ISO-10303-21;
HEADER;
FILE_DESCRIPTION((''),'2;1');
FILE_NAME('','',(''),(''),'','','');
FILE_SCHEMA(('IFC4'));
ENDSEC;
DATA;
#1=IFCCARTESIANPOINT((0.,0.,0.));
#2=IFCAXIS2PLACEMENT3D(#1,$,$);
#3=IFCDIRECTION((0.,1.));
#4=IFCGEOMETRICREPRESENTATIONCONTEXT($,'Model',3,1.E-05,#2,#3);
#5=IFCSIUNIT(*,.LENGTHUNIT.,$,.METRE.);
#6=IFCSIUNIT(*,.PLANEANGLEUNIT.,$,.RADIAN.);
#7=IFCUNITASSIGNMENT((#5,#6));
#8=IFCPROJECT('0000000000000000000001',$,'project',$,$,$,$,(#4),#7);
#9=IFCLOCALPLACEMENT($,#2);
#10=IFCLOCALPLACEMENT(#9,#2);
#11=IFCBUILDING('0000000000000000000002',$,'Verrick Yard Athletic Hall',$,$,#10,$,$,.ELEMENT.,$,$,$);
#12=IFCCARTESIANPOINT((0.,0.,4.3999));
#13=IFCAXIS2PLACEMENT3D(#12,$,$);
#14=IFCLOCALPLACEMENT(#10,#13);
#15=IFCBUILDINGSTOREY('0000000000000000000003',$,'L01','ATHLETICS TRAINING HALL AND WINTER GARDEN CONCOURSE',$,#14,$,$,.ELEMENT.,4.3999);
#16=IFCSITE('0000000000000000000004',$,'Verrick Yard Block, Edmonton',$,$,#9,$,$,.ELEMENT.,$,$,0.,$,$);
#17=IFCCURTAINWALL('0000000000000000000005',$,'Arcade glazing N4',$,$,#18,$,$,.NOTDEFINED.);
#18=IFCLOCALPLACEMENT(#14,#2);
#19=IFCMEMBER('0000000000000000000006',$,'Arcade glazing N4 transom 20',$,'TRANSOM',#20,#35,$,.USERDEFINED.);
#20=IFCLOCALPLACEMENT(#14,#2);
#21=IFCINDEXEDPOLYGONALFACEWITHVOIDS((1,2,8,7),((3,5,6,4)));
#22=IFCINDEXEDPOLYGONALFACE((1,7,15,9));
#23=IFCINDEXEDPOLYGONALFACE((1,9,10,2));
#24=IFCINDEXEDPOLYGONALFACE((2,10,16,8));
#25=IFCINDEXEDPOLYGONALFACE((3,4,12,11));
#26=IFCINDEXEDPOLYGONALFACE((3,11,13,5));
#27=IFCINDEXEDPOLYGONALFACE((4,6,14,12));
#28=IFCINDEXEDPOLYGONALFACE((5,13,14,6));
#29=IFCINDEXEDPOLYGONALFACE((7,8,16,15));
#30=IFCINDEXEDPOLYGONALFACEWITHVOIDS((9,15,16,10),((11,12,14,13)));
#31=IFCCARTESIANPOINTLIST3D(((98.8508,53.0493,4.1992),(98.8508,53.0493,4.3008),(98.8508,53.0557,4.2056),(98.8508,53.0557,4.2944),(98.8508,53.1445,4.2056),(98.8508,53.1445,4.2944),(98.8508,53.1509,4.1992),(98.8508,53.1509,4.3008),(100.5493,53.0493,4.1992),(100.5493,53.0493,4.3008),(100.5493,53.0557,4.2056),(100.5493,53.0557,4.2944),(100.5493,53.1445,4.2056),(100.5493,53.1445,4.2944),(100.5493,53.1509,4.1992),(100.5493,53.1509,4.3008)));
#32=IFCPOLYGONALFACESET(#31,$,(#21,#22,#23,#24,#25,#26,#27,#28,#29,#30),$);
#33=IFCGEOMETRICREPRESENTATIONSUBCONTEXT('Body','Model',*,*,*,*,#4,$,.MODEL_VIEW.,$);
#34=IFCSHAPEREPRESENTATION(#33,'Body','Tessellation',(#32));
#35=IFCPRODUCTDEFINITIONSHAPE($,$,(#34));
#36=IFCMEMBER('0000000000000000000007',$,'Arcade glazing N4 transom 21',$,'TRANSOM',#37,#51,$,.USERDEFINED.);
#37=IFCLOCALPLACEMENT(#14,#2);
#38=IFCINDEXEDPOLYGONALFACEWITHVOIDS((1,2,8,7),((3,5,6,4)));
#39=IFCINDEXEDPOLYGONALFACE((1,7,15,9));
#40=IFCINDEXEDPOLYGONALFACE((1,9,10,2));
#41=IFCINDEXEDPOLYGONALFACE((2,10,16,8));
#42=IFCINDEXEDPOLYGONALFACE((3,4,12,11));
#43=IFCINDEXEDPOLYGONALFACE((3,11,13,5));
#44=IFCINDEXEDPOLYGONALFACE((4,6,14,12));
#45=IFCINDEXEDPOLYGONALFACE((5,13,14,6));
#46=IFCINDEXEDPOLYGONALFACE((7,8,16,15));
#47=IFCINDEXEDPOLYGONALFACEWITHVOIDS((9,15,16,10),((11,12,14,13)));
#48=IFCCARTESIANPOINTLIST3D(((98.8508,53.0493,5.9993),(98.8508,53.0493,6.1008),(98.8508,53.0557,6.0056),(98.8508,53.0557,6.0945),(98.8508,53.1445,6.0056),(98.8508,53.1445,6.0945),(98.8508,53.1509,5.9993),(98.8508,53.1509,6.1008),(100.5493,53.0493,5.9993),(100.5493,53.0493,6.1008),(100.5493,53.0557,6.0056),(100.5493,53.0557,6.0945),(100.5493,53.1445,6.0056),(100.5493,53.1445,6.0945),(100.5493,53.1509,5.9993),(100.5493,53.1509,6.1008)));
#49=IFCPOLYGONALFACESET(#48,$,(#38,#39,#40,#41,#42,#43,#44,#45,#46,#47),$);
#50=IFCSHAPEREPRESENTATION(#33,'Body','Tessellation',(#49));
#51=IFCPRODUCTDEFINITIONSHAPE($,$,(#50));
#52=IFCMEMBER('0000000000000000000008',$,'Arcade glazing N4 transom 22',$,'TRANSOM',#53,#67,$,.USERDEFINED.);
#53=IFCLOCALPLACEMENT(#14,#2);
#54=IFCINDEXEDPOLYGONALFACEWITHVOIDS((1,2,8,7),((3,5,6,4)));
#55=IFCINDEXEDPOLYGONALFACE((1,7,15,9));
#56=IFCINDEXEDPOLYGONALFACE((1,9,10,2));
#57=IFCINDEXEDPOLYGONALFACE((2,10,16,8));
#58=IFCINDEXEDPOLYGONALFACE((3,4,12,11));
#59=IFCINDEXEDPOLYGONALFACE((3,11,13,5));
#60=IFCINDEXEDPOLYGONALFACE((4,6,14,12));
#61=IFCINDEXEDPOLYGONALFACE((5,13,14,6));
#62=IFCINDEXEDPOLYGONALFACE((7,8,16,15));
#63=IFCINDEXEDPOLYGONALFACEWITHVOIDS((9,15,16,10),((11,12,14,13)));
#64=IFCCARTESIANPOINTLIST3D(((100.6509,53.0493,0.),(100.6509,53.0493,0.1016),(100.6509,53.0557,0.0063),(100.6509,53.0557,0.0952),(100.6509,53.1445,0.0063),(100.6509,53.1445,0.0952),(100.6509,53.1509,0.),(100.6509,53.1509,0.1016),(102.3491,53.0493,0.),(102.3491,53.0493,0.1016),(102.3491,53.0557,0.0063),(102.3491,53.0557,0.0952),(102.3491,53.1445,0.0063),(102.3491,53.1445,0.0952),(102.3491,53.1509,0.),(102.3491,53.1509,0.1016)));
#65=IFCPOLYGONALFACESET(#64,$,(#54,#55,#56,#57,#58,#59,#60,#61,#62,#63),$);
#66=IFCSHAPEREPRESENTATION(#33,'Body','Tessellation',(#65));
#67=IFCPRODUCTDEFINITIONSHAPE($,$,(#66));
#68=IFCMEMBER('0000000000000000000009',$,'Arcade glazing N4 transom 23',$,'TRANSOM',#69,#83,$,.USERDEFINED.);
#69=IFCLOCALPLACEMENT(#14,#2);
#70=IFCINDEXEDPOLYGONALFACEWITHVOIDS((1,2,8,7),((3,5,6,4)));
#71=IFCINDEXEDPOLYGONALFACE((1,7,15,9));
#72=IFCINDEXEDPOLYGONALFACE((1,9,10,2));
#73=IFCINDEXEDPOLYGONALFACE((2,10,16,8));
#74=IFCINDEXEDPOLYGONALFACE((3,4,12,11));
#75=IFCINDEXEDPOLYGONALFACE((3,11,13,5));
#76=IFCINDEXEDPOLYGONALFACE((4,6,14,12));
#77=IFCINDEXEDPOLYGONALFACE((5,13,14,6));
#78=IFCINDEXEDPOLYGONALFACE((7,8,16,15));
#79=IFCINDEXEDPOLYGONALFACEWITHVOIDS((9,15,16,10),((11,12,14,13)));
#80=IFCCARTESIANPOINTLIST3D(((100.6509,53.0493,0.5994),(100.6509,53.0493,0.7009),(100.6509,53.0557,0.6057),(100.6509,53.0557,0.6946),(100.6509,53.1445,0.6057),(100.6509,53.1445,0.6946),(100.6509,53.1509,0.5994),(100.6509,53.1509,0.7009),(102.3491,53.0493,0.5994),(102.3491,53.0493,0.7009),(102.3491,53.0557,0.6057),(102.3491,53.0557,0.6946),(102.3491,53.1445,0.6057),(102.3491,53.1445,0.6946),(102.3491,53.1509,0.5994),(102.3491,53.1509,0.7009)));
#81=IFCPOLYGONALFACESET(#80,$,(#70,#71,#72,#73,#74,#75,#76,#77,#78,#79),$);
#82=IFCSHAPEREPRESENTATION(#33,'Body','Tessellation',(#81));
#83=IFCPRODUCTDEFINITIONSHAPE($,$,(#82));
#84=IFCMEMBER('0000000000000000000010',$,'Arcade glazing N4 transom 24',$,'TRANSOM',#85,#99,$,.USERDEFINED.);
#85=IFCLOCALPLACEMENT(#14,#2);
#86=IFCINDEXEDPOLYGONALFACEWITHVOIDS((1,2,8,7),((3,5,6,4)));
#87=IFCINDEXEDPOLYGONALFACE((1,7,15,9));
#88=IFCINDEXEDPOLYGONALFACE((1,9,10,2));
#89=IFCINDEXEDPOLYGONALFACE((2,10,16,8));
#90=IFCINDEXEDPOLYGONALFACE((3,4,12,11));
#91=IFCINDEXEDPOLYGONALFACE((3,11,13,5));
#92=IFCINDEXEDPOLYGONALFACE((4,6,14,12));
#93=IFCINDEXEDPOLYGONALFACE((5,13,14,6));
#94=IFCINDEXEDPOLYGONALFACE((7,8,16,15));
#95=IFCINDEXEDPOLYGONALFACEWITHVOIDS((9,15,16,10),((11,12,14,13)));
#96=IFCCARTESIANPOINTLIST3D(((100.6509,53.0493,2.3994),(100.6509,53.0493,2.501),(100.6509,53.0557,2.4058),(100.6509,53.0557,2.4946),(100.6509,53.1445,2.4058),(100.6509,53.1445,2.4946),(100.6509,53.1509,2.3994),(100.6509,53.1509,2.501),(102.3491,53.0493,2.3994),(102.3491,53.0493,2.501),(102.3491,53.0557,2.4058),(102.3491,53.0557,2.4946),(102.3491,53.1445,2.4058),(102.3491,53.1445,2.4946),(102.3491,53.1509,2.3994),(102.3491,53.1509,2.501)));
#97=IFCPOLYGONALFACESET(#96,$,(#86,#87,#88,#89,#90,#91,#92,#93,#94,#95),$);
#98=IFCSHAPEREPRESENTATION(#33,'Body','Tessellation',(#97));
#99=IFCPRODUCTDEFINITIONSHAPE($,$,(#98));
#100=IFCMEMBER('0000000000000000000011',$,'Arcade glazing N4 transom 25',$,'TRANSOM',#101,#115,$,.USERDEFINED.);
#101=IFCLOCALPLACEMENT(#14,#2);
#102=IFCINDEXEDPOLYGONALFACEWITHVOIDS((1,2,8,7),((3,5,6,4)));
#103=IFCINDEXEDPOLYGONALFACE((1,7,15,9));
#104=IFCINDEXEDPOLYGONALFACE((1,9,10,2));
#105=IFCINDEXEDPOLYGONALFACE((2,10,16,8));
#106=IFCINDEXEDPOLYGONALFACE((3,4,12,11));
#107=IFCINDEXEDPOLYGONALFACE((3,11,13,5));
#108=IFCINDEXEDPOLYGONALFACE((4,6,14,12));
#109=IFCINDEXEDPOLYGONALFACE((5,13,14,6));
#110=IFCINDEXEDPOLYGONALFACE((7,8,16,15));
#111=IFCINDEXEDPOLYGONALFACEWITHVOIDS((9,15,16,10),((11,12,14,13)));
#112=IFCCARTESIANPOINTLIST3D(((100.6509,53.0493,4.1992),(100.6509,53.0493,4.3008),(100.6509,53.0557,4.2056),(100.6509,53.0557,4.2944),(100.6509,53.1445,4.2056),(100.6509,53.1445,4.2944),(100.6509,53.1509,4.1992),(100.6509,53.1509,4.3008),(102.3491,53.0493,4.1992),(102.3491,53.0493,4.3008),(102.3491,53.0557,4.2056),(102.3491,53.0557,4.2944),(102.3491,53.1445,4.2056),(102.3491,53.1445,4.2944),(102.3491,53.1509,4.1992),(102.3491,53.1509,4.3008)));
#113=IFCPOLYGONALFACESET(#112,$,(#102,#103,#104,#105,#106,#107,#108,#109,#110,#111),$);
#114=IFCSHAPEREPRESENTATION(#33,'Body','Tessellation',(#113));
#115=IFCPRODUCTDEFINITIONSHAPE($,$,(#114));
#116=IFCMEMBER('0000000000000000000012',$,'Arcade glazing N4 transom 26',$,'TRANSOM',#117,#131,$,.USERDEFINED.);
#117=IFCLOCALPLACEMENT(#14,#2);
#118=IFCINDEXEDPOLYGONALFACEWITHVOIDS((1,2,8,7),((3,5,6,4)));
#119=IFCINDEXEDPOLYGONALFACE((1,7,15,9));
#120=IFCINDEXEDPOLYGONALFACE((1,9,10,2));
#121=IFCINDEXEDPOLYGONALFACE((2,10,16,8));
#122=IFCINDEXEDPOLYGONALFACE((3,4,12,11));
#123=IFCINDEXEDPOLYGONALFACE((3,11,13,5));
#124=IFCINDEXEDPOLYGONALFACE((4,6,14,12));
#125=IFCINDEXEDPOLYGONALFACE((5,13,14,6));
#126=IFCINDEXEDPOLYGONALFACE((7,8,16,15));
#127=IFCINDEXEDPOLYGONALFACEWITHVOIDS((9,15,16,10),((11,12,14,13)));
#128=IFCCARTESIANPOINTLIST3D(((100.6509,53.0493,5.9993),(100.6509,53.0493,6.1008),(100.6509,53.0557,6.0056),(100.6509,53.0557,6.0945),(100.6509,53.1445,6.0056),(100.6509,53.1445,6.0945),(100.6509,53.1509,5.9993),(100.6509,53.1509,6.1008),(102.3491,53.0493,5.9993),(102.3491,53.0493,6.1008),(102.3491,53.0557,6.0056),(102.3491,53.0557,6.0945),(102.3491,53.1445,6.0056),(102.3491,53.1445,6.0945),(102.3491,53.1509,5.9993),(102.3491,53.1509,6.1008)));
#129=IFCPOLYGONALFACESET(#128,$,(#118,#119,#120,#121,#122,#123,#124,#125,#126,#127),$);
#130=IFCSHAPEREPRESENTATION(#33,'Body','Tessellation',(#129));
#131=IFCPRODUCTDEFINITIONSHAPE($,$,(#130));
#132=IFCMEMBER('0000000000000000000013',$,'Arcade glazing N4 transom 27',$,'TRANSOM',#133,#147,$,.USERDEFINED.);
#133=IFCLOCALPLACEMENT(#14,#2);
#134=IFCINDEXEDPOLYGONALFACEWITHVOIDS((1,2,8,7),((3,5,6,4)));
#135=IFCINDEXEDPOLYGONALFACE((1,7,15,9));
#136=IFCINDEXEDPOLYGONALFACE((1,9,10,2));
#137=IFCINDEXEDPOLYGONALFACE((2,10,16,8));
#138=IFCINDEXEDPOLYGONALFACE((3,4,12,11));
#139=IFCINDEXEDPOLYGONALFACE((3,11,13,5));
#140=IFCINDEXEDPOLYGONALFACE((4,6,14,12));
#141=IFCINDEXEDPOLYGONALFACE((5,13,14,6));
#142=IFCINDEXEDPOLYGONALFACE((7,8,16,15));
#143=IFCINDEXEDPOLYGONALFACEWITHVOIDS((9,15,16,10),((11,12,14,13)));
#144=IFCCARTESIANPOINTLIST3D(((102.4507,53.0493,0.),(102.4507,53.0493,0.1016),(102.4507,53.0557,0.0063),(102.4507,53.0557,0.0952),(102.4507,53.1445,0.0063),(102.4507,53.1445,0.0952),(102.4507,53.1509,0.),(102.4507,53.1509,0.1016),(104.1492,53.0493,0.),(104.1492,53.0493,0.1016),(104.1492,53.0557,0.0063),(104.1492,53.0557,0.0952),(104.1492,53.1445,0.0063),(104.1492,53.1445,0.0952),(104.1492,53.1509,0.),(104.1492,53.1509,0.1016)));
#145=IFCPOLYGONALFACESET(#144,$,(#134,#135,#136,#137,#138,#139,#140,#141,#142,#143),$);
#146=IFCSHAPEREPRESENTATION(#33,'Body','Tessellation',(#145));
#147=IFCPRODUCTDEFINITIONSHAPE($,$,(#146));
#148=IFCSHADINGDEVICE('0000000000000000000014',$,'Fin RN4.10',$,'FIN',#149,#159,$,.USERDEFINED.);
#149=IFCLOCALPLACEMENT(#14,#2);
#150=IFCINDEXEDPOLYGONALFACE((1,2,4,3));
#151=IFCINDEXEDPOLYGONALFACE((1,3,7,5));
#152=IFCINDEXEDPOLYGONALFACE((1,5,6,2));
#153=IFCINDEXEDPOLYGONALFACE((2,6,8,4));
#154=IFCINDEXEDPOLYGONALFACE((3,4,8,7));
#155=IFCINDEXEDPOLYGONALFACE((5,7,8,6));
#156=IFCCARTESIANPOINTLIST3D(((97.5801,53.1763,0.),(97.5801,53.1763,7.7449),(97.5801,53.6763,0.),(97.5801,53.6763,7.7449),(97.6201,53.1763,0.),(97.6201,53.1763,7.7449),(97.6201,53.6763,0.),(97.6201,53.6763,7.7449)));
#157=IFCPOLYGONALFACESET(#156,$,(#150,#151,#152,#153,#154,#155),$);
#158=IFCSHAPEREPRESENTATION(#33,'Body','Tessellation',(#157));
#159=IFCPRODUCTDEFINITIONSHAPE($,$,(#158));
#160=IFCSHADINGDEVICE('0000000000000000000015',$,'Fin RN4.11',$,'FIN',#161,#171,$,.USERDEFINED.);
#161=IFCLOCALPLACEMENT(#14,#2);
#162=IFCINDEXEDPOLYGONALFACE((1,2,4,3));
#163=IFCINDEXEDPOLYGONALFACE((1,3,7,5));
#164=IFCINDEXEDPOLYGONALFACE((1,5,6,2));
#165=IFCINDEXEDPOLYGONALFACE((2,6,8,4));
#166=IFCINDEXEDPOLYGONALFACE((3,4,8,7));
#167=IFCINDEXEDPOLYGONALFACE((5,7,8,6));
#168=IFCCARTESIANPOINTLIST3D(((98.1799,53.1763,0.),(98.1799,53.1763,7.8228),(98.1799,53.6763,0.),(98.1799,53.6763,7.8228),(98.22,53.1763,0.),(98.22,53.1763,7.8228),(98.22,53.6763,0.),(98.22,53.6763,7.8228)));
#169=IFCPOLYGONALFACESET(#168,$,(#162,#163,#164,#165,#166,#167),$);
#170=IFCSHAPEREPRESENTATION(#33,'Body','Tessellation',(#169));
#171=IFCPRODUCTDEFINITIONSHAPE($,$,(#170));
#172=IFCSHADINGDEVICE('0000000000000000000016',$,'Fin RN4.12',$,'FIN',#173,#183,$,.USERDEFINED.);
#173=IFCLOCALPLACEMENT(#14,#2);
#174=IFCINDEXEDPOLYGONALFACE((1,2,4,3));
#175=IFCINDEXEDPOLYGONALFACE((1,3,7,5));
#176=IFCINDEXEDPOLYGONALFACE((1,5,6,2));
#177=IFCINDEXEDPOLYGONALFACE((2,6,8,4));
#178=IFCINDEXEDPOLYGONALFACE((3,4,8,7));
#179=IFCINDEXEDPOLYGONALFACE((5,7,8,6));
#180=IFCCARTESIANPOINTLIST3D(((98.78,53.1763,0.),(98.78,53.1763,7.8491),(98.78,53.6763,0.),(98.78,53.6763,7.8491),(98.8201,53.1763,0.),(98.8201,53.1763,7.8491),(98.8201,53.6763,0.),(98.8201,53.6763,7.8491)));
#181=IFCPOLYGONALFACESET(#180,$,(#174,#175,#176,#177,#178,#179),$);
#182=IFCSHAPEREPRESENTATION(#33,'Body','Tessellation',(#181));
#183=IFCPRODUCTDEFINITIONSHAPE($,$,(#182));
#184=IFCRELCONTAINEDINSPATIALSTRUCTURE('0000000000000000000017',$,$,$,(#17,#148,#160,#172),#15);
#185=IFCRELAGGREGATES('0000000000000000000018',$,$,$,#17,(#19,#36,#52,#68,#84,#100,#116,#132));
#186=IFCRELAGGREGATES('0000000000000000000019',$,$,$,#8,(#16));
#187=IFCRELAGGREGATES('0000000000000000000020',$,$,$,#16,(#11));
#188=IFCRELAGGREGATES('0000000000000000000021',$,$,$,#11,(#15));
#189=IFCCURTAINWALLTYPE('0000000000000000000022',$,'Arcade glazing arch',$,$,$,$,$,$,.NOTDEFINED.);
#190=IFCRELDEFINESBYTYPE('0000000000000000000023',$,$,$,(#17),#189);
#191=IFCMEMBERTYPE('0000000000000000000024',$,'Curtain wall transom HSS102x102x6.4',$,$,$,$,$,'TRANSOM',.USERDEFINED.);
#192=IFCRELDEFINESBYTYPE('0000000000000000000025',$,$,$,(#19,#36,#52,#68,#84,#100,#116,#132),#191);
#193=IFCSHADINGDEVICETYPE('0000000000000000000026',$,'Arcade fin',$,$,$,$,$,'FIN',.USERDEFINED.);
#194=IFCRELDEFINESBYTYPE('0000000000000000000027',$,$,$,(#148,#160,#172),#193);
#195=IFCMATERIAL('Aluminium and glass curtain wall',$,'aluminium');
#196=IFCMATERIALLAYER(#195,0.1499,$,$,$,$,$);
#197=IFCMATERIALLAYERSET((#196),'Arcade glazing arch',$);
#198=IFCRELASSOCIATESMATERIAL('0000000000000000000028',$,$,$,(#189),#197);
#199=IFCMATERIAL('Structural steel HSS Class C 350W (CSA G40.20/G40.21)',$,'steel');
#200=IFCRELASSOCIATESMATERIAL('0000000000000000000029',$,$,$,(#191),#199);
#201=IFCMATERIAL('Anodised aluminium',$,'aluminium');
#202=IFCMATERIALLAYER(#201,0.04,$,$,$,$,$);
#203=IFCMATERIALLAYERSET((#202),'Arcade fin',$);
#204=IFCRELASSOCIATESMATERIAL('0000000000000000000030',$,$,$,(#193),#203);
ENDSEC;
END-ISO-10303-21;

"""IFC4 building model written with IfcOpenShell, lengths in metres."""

from ifc_helpers import new_model, si_unit, direction, frame, origin, origin_2d, place, context, subcontext, project, spatial, polyline, hollow_rectangle, outline, extrude, material, layer, layer_set, material_profile, profile_set, type_object, element, aggregate, save


model = new_model("IFC4")

# Units and contexts
model_context = context("Model", 3, precision=1e-05, world=origin(), true_north=direction((0.0, 1.0)))
body_context = subcontext(model_context, "Body", "Model", "MODEL_VIEW")
ifc_project = project(units=[si_unit("LENGTHUNIT", "METRE"), si_unit("PLANEANGLEUNIT", "RADIAN")], contexts=[model_context])

# Site, building, storey
site_placement = place(None, origin())
site = spatial("IfcSite", under=ifc_project, at=site_placement, Name="Verrick Yard Block, Edmonton", CompositionType="ELEMENT", RefElevation=0.0)
building_placement = place(site_placement, origin())
building = spatial("IfcBuilding", under=site, at=building_placement, Name="Verrick Yard Athletic Hall", CompositionType="ELEMENT")
storey_placement = place(building_placement, frame((0.0, 0.0, 4.3999)))
storey = spatial("IfcBuildingStorey", under=building, at=storey_placement, Name="L01", Description="ATHLETICS TRAINING HALL AND WINTER GARDEN CONCOURSE", CompositionType="ELEMENT", Elevation=4.3999)

# Curtain wall, members
ifc_material_1 = material(Name="Aluminium and glass curtain wall", Category="aluminium")
ifc_layer_1 = layer(ifc_material_1, 0.1499)
ifc_layer_set_1 = layer_set([ifc_layer_1], Name="Arcade glazing arch")
curtain_wall_type = type_object("IfcCurtainWallType", Name="Arcade glazing arch", PredefinedType="NOTDEFINED", material=ifc_layer_set_1)
curtain_wall_placement = place(storey_placement, origin())
curtain_wall = element("IfcCurtainWall", 1, at=curtain_wall_placement, inside=storey, type_object=curtain_wall_type, Name="Arcade glazing N4", PredefinedType="NOTDEFINED")
ifc_material_2 = material(Name="Structural steel HSS Class C 350W (CSA G40.20/G40.21)", Category="steel")
ifc_material_profile_1 = material_profile(ifc_material_2, hollow_rectangle(XDim=0.1016, YDim=0.1016, WallThickness=0.0063, at=origin_2d()), Name="HSS102x102x6.4")
ifc_profile_set_1 = profile_set([ifc_material_profile_1], Name="Structural steel HSS Class C 350W (CSA G40.20/G40.21)")
member_type_1 = type_object("IfcMemberType", Name="Curtain wall transom HSS102x102x6.4", ElementType="TRANSOM", PredefinedType="USERDEFINED", material=ifc_profile_set_1)
member_1_placement = place(storey_placement, frame((98.8508, 53.1001, 4.25), z_axis=(1.0, 0.0, 0.0), x_axis=(0.0, 1.0, 0.0)))
member_1 = element("IfcMember", 2, at=member_1_placement, type_object=member_type_1, Name="Arcade glazing N4 transom 20", ObjectType="TRANSOM", PredefinedType="USERDEFINED", context=body_context, shape_type="SweptSolid", body=[
    extrude(hollow_rectangle(XDim=0.1016, YDim=0.1016, WallThickness=0.0063, at=origin_2d()), origin(), (0.0, 0.0, 1.0), 1.6985),
])
member_2_placement = place(storey_placement, frame((98.8508, 53.1001, 6.05), z_axis=(1.0, 0.0, 0.0), x_axis=(0.0, 1.0, 0.0)))
member_2 = element("IfcMember", 3, at=member_2_placement, type_object=member_type_1, Name="Arcade glazing N4 transom 21", ObjectType="TRANSOM", PredefinedType="USERDEFINED", context=body_context, shape_type="SweptSolid", body=[
    extrude(hollow_rectangle(XDim=0.1016, YDim=0.1016, WallThickness=0.0063, at=origin_2d()), origin(), (0.0, 0.0, 1.0), 1.6985),
])
member_3_placement = place(storey_placement, frame((100.6509, 53.1001, 0.0508), z_axis=(1.0, 0.0, 0.0), x_axis=(0.0, 1.0, 0.0)))
member_3 = element("IfcMember", 4, at=member_3_placement, type_object=member_type_1, Name="Arcade glazing N4 transom 22", ObjectType="TRANSOM", PredefinedType="USERDEFINED", context=body_context, shape_type="SweptSolid", body=[
    extrude(hollow_rectangle(XDim=0.1016, YDim=0.1016, WallThickness=0.0063, at=origin_2d()), origin(), (0.0, 0.0, 1.0), 1.6982),
])
member_4_placement = place(storey_placement, frame((100.6509, 53.1001, 0.6501), z_axis=(1.0, 0.0, 0.0), x_axis=(0.0, 1.0, 0.0)))
member_4 = element("IfcMember", 5, at=member_4_placement, type_object=member_type_1, Name="Arcade glazing N4 transom 23", ObjectType="TRANSOM", PredefinedType="USERDEFINED", context=body_context, shape_type="SweptSolid", body=[
    extrude(hollow_rectangle(XDim=0.1016, YDim=0.1016, WallThickness=0.0063, at=origin_2d()), origin(), (0.0, 0.0, 1.0), 1.6982),
])
member_5_placement = place(storey_placement, frame((100.6509, 53.1001, 2.4502), z_axis=(1.0, 0.0, 0.0), x_axis=(0.0, 1.0, 0.0)))
member_5 = element("IfcMember", 6, at=member_5_placement, type_object=member_type_1, Name="Arcade glazing N4 transom 24", ObjectType="TRANSOM", PredefinedType="USERDEFINED", context=body_context, shape_type="SweptSolid", body=[
    extrude(hollow_rectangle(XDim=0.1016, YDim=0.1016, WallThickness=0.0063, at=origin_2d()), origin(), (0.0, 0.0, 1.0), 1.6982),
])
member_6_placement = place(storey_placement, frame((100.6509, 53.1001, 4.25), z_axis=(1.0, 0.0, 0.0), x_axis=(0.0, 1.0, 0.0)))
member_6 = element("IfcMember", 7, at=member_6_placement, type_object=member_type_1, Name="Arcade glazing N4 transom 25", ObjectType="TRANSOM", PredefinedType="USERDEFINED", context=body_context, shape_type="SweptSolid", body=[
    extrude(hollow_rectangle(XDim=0.1016, YDim=0.1016, WallThickness=0.0063, at=origin_2d()), origin(), (0.0, 0.0, 1.0), 1.6982),
])
member_7_placement = place(storey_placement, frame((100.6509, 53.1001, 6.05), z_axis=(1.0, 0.0, 0.0), x_axis=(0.0, 1.0, 0.0)))
member_7 = element("IfcMember", 8, at=member_7_placement, type_object=member_type_1, Name="Arcade glazing N4 transom 26", ObjectType="TRANSOM", PredefinedType="USERDEFINED", context=body_context, shape_type="SweptSolid", body=[
    extrude(hollow_rectangle(XDim=0.1016, YDim=0.1016, WallThickness=0.0063, at=origin_2d()), origin(), (0.0, 0.0, 1.0), 1.6982),
])
member_8_placement = place(storey_placement, frame((102.4507, 53.1001, 0.0508), z_axis=(1.0, 0.0, 0.0), x_axis=(0.0, 1.0, 0.0)))
member_8 = element("IfcMember", 9, at=member_8_placement, type_object=member_type_1, Name="Arcade glazing N4 transom 27", ObjectType="TRANSOM", PredefinedType="USERDEFINED", context=body_context, shape_type="SweptSolid", body=[
    extrude(hollow_rectangle(XDim=0.1016, YDim=0.1016, WallThickness=0.0063, at=origin_2d()), origin(), (0.0, 0.0, 1.0), 1.6985),
])
aggregate(curtain_wall, [member_1, member_2, member_3, member_4, member_5, member_6, member_7, member_8])

# Shading devices
ifc_material_3 = material(Name="Anodised aluminium", Category="aluminium")
ifc_layer_2 = layer(ifc_material_3, 0.04)
ifc_layer_set_2 = layer_set([ifc_layer_2], Name="Arcade fin")
shading_device_type = type_object("IfcShadingDeviceType", Name="Arcade fin", ElementType="FIN", PredefinedType="USERDEFINED", material=ifc_layer_set_2)
shading_device_1_placement = place(storey_placement, frame((97.6001, 53.1763, 0.0), z_axis=(0.0, 0.0, 1.0), x_axis=(0.0, 1.0, 0.0)))
element("IfcShadingDevice", 10, at=shading_device_1_placement, inside=storey, type_object=shading_device_type, Name="Fin RN4.10", ObjectType="FIN", PredefinedType="USERDEFINED", context=body_context, shape_type="SweptSolid", body=[
    extrude(outline(polyline([(0.0, 0.0), (0.5, 0.0), (0.5, 7.7449), (0.0, 7.7449), (0.0, 0.0)])), frame((0.0, 0.02, 0.0), z_axis=(0.0, -1.0, 0.0), x_axis=(1.0, 0.0, 0.0)), (0.0, 0.0, 1.0), 0.04),
])
shading_device_2_placement = place(storey_placement, frame((98.2, 53.1763, 0.0), z_axis=(0.0, 0.0, 1.0), x_axis=(0.0, 1.0, 0.0)))
element("IfcShadingDevice", 11, at=shading_device_2_placement, inside=storey, type_object=shading_device_type, Name="Fin RN4.11", ObjectType="FIN", PredefinedType="USERDEFINED", context=body_context, shape_type="SweptSolid", body=[
    extrude(outline(polyline([(0.0, 0.0), (0.5, 0.0), (0.5, 7.8228), (0.0, 7.8228), (0.0, 0.0)])), frame((0.0, 0.02, 0.0), z_axis=(0.0, -1.0, 0.0), x_axis=(1.0, 0.0, 0.0)), (0.0, 0.0, 1.0), 0.04),
])
shading_device_3_placement = place(storey_placement, frame((98.8, 53.1763, 0.0), z_axis=(0.0, 0.0, 1.0), x_axis=(0.0, 1.0, 0.0)))
element("IfcShadingDevice", 12, at=shading_device_3_placement, inside=storey, type_object=shading_device_type, Name="Fin RN4.12", ObjectType="FIN", PredefinedType="USERDEFINED", context=body_context, shape_type="SweptSolid", body=[
    extrude(outline(polyline([(0.0, 0.0), (0.5, 0.0), (0.5, 7.8491), (0.0, 7.8491), (0.0, 0.0)])), frame((0.0, 0.02, 0.0), z_axis=(0.0, -1.0, 0.0), x_axis=(1.0, 0.0, 0.0)), (0.0, 0.0, 1.0), 0.04),
])

save(model, "model.ifc")
